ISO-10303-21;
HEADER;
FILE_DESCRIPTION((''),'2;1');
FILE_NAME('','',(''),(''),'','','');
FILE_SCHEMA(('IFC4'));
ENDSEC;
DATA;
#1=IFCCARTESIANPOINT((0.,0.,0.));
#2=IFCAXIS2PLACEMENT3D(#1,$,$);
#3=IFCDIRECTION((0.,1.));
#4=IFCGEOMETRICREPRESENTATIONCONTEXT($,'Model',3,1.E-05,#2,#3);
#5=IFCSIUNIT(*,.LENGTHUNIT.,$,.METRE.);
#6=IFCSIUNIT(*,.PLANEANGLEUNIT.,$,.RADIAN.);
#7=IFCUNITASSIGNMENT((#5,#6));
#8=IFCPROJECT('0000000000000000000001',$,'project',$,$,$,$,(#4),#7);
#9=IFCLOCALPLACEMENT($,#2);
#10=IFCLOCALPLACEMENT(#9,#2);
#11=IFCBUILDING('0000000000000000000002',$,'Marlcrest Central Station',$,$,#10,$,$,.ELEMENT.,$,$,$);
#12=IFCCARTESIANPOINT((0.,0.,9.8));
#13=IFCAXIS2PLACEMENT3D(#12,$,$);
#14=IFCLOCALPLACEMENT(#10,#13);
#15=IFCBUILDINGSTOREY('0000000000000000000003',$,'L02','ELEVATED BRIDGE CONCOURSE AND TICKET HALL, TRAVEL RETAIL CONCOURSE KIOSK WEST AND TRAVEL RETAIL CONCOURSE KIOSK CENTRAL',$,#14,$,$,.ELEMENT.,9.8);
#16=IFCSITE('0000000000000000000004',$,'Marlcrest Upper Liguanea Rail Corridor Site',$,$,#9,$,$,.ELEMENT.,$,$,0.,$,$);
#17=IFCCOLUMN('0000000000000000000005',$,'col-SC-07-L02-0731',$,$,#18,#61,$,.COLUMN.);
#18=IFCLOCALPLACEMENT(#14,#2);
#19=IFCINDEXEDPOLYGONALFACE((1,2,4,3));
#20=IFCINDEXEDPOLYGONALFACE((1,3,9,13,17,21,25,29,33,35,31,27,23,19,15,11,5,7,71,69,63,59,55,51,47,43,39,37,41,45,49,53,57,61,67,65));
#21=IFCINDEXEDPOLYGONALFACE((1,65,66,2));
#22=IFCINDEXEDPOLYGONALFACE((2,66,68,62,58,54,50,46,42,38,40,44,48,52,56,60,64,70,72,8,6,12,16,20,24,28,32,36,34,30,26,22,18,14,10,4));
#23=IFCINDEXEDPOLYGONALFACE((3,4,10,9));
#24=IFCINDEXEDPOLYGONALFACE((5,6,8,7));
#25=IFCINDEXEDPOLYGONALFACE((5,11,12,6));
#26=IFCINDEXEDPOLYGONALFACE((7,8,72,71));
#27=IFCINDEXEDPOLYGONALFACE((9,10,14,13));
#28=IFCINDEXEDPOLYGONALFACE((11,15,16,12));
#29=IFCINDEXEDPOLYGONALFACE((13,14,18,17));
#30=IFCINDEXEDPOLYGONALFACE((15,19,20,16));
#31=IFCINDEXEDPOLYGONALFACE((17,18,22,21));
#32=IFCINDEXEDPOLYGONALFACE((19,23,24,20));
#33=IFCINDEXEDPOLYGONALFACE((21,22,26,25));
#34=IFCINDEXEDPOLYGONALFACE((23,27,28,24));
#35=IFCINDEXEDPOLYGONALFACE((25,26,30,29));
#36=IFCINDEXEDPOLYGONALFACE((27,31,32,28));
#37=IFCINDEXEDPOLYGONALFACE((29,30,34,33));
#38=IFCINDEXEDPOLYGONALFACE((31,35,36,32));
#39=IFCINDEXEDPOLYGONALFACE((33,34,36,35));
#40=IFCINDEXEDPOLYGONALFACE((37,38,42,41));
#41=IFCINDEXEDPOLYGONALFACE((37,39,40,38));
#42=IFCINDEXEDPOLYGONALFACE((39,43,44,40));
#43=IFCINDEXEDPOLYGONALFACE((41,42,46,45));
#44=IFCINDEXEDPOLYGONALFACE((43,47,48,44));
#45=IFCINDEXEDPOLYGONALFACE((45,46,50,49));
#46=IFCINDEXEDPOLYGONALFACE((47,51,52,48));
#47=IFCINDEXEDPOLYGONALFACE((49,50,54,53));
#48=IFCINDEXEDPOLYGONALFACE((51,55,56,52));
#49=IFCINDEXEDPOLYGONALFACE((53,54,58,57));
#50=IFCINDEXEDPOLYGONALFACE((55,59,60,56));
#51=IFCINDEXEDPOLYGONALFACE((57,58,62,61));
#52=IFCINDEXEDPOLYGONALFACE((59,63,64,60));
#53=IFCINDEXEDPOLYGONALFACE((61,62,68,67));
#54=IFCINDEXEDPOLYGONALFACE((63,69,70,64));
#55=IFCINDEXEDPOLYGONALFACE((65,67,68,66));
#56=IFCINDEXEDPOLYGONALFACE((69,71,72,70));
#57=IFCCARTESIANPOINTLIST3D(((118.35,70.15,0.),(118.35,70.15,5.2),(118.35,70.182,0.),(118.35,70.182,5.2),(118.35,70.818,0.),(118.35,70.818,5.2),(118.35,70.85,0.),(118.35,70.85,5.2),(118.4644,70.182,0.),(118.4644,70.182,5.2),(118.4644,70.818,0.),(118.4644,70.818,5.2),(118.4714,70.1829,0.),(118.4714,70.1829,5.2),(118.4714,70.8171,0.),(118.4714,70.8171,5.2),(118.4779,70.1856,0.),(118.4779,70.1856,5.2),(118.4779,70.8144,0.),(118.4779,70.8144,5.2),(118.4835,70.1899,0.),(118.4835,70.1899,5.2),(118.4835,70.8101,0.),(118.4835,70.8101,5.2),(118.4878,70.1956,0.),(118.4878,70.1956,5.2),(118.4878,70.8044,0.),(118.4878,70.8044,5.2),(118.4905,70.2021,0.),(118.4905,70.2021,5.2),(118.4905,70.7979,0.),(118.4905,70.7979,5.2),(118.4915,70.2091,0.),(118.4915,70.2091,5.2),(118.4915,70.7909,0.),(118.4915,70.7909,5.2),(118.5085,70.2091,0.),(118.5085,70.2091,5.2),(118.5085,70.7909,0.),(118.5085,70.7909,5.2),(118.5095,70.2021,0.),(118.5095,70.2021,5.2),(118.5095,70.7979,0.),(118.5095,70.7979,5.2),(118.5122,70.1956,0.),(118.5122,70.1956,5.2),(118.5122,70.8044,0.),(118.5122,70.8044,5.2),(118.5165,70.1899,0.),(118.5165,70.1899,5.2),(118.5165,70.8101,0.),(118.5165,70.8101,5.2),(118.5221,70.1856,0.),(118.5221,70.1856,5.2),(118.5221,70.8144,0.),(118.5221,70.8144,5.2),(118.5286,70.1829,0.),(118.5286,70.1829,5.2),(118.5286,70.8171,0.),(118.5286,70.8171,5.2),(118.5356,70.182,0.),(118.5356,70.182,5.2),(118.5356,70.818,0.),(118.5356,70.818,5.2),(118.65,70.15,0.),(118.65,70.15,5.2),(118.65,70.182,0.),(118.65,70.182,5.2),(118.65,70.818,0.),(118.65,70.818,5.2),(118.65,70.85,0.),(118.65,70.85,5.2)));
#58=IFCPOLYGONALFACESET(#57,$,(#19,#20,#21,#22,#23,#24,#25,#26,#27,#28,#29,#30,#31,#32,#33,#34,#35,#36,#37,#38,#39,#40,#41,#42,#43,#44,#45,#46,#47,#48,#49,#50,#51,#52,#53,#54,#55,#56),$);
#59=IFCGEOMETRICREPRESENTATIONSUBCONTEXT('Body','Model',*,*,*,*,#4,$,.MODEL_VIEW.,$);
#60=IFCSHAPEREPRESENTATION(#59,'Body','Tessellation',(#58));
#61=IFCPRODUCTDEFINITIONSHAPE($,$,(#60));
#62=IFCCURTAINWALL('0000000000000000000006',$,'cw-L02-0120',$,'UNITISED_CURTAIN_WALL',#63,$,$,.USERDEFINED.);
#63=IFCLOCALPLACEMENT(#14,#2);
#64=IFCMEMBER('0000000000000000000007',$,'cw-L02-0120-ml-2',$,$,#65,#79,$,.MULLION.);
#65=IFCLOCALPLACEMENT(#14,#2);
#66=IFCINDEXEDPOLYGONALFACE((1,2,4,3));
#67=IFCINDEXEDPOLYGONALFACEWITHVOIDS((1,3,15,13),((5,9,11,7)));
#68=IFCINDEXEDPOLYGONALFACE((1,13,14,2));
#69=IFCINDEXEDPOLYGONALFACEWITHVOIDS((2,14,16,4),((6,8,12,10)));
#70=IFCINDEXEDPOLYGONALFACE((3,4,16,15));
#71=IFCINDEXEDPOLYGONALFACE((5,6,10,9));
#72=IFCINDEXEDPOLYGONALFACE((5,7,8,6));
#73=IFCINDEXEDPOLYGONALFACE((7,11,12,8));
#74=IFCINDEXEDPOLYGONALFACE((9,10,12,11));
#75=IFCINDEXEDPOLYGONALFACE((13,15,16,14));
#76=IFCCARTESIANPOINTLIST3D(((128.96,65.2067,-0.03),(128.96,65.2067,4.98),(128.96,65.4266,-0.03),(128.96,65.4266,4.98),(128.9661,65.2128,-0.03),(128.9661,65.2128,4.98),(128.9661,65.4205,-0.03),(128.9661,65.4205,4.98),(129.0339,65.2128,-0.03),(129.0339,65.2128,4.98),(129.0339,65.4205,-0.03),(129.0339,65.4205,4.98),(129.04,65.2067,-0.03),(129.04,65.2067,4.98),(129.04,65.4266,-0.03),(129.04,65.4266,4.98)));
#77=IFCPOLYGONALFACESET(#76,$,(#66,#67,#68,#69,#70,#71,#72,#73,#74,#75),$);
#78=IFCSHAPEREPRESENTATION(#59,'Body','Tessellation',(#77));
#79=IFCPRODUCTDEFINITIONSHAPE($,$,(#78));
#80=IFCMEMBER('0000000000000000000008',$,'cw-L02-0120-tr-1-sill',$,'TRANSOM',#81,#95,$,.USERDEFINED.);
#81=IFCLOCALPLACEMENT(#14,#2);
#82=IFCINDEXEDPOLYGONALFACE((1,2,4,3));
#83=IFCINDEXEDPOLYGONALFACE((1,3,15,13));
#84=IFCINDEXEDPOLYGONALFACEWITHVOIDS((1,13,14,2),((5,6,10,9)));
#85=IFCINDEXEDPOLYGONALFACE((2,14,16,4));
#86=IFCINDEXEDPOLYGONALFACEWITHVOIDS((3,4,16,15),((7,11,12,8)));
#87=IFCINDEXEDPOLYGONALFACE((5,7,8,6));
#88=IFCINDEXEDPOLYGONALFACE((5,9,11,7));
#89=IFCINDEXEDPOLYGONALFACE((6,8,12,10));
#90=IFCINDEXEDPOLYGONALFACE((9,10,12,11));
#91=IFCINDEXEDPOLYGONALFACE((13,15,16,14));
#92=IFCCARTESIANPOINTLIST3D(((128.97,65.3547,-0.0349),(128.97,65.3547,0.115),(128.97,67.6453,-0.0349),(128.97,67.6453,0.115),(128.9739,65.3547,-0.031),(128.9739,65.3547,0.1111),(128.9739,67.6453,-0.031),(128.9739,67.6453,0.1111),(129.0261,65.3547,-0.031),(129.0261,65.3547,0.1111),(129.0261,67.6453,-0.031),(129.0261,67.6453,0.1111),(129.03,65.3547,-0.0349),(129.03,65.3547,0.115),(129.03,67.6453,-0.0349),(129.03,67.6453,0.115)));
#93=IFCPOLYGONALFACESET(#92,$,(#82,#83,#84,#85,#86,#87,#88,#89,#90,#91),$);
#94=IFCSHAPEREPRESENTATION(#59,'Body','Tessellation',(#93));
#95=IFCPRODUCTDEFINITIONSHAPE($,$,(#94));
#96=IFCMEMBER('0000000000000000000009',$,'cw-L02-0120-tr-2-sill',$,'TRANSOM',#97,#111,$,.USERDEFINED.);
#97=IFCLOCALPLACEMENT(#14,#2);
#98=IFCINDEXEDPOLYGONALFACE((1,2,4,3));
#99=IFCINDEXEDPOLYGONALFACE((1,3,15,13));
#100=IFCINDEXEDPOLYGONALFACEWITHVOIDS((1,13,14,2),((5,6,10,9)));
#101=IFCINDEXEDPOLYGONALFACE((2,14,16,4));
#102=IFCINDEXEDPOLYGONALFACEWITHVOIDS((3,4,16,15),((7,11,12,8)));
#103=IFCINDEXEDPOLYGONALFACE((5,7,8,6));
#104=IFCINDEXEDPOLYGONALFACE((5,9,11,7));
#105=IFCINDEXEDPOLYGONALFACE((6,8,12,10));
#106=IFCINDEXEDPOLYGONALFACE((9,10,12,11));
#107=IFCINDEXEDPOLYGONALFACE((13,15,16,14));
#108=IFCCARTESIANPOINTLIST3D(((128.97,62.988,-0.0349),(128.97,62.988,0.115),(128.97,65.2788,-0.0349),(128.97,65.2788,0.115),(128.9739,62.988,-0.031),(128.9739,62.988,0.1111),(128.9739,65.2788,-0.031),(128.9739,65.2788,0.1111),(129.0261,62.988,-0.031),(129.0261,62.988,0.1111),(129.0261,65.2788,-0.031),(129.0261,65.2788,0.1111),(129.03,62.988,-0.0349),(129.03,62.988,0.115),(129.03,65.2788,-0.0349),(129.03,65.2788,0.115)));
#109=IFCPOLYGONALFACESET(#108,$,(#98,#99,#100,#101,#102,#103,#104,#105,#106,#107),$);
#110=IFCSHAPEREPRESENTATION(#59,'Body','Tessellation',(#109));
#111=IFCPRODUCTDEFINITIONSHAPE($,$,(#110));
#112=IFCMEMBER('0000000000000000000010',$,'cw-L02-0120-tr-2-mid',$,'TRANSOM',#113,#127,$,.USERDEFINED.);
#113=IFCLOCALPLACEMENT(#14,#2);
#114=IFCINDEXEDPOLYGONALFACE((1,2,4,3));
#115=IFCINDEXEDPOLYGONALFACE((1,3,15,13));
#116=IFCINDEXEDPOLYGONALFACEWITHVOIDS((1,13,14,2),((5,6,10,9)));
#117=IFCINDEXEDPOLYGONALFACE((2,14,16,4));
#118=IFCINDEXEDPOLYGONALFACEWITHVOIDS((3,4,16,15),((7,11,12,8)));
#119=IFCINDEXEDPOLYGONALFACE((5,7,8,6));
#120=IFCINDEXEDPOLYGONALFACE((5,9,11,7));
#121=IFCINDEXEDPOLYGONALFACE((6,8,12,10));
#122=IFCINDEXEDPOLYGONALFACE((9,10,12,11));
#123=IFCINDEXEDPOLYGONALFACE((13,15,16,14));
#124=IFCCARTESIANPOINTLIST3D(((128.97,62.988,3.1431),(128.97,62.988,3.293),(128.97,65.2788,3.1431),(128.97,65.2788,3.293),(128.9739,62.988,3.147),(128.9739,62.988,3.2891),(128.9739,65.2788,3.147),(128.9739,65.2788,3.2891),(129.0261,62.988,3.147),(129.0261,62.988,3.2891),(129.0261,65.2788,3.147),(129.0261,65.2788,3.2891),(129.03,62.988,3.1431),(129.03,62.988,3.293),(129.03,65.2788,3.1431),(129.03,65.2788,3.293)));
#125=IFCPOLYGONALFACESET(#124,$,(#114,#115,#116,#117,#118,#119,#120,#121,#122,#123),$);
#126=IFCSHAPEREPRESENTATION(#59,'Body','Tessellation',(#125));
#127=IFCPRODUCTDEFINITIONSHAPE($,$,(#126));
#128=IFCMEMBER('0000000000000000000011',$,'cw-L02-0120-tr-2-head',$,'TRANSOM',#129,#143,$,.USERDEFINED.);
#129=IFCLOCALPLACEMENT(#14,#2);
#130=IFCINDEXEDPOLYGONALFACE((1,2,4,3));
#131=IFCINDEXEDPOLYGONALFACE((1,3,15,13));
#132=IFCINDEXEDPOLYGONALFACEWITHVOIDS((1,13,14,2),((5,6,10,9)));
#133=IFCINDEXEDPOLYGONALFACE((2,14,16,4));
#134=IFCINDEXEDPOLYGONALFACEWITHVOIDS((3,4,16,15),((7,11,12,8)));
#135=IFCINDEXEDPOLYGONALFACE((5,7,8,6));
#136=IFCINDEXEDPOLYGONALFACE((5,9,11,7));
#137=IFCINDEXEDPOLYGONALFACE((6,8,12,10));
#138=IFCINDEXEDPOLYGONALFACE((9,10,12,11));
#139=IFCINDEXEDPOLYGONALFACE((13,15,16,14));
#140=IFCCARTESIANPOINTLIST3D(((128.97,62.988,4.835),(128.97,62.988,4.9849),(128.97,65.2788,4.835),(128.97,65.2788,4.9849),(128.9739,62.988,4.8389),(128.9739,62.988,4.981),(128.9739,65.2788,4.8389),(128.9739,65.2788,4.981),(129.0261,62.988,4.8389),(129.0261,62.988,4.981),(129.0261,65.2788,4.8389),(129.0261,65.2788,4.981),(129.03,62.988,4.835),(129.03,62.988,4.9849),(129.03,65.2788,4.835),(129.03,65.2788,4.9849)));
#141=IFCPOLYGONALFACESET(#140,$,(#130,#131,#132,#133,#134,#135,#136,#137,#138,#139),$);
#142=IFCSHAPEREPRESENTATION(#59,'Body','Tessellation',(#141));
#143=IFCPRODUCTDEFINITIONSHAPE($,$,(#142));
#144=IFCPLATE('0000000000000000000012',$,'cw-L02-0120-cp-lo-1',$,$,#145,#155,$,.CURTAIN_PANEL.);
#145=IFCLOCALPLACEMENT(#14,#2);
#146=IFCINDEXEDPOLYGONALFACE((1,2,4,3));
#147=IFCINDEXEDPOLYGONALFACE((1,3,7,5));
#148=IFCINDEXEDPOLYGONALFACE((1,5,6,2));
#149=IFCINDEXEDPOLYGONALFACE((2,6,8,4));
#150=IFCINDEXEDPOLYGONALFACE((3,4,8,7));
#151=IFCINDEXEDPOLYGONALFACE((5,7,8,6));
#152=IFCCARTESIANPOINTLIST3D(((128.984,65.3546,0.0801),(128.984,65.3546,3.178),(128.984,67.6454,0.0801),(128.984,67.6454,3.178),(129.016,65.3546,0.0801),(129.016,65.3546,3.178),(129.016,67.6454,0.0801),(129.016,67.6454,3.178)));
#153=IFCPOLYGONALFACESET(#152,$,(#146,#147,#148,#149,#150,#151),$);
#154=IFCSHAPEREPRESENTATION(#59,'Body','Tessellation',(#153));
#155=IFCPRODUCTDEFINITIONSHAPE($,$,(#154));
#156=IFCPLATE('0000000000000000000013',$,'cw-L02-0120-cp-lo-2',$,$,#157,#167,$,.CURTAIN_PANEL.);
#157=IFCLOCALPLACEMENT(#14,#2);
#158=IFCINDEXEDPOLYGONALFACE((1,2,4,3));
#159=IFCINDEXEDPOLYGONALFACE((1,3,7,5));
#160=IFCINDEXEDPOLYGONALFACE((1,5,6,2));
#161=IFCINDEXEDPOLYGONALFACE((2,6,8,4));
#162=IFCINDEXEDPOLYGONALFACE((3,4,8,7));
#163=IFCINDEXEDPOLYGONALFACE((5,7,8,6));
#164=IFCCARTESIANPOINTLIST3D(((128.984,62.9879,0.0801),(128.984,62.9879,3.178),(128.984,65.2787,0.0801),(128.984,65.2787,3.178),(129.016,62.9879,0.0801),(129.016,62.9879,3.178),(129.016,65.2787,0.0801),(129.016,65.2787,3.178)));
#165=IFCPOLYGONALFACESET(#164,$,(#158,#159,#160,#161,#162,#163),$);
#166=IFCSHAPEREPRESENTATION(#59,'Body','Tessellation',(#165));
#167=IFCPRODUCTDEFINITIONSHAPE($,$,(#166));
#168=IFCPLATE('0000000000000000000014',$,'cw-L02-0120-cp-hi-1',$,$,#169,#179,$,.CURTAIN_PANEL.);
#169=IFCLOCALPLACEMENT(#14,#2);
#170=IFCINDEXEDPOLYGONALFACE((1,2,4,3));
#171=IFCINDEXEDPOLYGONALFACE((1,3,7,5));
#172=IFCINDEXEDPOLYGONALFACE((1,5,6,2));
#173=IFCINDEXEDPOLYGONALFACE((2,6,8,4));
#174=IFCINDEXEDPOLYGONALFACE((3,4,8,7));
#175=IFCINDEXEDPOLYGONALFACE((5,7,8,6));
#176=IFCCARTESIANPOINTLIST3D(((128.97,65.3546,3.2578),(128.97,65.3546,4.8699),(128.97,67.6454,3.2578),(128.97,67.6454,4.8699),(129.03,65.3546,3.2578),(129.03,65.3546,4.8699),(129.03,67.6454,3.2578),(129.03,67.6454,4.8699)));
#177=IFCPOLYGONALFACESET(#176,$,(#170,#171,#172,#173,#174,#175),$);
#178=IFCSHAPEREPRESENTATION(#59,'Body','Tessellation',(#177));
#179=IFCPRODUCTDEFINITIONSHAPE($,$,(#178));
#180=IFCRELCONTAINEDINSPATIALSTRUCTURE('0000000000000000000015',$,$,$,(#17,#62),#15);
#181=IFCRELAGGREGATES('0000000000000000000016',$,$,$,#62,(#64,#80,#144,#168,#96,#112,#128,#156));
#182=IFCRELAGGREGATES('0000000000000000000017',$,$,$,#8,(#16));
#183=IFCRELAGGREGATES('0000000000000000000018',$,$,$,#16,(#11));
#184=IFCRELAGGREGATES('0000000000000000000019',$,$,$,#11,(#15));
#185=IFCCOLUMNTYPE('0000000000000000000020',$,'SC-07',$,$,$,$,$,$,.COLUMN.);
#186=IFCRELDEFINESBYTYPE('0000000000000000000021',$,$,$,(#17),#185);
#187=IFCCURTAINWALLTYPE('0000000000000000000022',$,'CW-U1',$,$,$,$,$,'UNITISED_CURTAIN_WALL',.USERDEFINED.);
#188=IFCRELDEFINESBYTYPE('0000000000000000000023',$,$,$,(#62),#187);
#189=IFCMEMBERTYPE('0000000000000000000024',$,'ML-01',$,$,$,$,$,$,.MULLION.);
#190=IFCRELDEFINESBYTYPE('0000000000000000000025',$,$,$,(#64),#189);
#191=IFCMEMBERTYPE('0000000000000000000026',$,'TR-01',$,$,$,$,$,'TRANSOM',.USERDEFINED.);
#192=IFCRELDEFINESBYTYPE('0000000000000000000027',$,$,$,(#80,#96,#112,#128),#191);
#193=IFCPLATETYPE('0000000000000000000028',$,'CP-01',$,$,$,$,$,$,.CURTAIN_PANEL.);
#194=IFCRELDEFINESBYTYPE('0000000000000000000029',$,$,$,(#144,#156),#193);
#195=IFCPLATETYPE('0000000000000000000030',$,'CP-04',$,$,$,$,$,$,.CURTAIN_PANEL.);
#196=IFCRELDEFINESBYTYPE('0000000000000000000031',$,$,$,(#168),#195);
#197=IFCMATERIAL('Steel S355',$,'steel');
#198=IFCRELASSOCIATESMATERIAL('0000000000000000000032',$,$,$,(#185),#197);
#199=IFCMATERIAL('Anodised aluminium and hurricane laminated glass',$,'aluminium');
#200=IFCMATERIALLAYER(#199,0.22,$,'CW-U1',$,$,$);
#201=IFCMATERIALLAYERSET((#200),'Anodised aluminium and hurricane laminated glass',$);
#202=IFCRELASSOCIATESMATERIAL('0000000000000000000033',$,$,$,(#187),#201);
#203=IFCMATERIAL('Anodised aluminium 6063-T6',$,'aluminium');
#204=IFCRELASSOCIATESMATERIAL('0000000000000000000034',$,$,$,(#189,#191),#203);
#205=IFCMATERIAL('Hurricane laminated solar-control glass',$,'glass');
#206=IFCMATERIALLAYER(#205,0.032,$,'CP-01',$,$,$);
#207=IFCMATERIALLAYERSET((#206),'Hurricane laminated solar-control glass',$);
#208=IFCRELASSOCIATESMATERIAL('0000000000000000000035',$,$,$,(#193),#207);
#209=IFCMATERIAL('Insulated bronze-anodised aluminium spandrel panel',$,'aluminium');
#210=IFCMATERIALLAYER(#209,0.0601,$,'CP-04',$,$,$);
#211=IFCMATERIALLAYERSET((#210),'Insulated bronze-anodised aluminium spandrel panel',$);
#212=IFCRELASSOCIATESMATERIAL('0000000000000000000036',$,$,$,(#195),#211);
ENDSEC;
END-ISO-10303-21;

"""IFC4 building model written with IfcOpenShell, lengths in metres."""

from ifc_helpers import new_model, si_unit, direction, frame, origin, origin_2d, place, context, subcontext, project, spatial, rectangle, hollow_rectangle, i_section, extrude, material, layer, layer_set, material_profile, profile_set, type_object, element, aggregate, save


model = new_model("IFC4")

# Units and contexts
model_context = context("Model", 3, precision=1e-05, world=origin(), true_north=direction((0.0, 1.0)))
body_context = subcontext(model_context, "Body", "Model", "MODEL_VIEW")
ifc_project = project(units=[si_unit("LENGTHUNIT", "METRE"), si_unit("PLANEANGLEUNIT", "RADIAN")], contexts=[model_context])

# Site, building, storey
site_placement = place(None, origin())
site = spatial("IfcSite", under=ifc_project, at=site_placement, Name="Marlcrest Upper Liguanea Rail Corridor Site", CompositionType="ELEMENT", RefElevation=0.0)
building_placement = place(site_placement, origin())
building = spatial("IfcBuilding", under=site, at=building_placement, Name="Marlcrest Central Station", CompositionType="ELEMENT")
storey_placement = place(building_placement, frame((0.0, 0.0, 9.8)))
storey = spatial("IfcBuildingStorey", under=building, at=storey_placement, Name="L02", Description="ELEVATED BRIDGE CONCOURSE AND TICKET HALL, TRAVEL RETAIL CONCOURSE KIOSK WEST AND TRAVEL RETAIL CONCOURSE KIOSK CENTRAL", CompositionType="ELEMENT", Elevation=9.8)

# Column
ifc_material_1 = material(Name="Steel S355", Category="steel")
ifc_material_profile_1 = material_profile(ifc_material_1, i_section(OverallWidth=0.3, OverallDepth=0.7, WebThickness=0.0171, FlangeThickness=0.032, FilletRadius=0.0271, at=origin_2d()), Name="HEB 700")
ifc_profile_set_1 = profile_set([ifc_material_profile_1], Name="Steel S355")
column_type = type_object("IfcColumnType", Name="SC-07", PredefinedType="COLUMN", material=ifc_profile_set_1)
column_placement = place(storey_placement, frame((118.5, 70.5, 0.0), z_axis=(0.0, 0.0, 1.0), x_axis=(1.0, 0.0, 0.0)))
element("IfcColumn", 1, at=column_placement, inside=storey, type_object=column_type, Name="col-SC-07-L02-0731", PredefinedType="COLUMN", context=body_context, shape_type="SweptSolid", body=[
    extrude(i_section(OverallWidth=0.3, OverallDepth=0.7, WebThickness=0.0171, FlangeThickness=0.032, FilletRadius=0.0271, at=origin_2d()), origin(), (0.0, 0.0, 1.0), 5.2),
])

# Curtain wall, members, plates
ifc_material_2 = material(Name="Anodised aluminium and hurricane laminated glass", Category="aluminium")
ifc_layer_1 = layer(ifc_material_2, 0.22, Name="CW-U1")
ifc_layer_set_1 = layer_set([ifc_layer_1], Name="Anodised aluminium and hurricane laminated glass")
curtain_wall_type = type_object("IfcCurtainWallType", Name="CW-U1", ElementType="UNITISED_CURTAIN_WALL", PredefinedType="USERDEFINED", material=ifc_layer_set_1)
curtain_wall_placement = place(storey_placement, origin())
curtain_wall = element("IfcCurtainWall", 2, at=curtain_wall_placement, inside=storey, type_object=curtain_wall_type, Name="cw-L02-0120", ObjectType="UNITISED_CURTAIN_WALL", PredefinedType="USERDEFINED")
ifc_material_3 = material(Name="Anodised aluminium 6063-T6", Category="aluminium")
ifc_material_profile_2 = material_profile(ifc_material_3, hollow_rectangle(XDim=0.0801, YDim=0.22, WallThickness=0.0061, at=origin_2d()), Name="AA-RHS 220x80x6")
ifc_profile_set_2 = profile_set([ifc_material_profile_2], Name="Anodised aluminium 6063-T6")
member_type_1 = type_object("IfcMemberType", Name="ML-01", PredefinedType="MULLION", material=ifc_profile_set_2)
member_1_placement = place(storey_placement, frame((129.0, 65.3167, -0.03), z_axis=(0.0, 0.0, 1.0), x_axis=(1.0, 0.0, 0.0)))
member_1 = element("IfcMember", 3, at=member_1_placement, type_object=member_type_1, Name="cw-L02-0120-ml-2", PredefinedType="MULLION", context=body_context, shape_type="SweptSolid", body=[
    extrude(hollow_rectangle(XDim=0.0801, YDim=0.22, WallThickness=0.0061, at=origin_2d()), origin(), (0.0, 0.0, 1.0), 5.01),
])
ifc_material_profile_3 = material_profile(ifc_material_3, hollow_rectangle(XDim=0.0601, YDim=0.1499, WallThickness=0.0039, at=origin_2d()), Name="AA-RHS 150x60x4")
ifc_profile_set_3 = profile_set([ifc_material_profile_3], Name="Anodised aluminium 6063-T6")
member_type_2 = type_object("IfcMemberType", Name="TR-01", ElementType="TRANSOM", PredefinedType="USERDEFINED", material=ifc_profile_set_3)
member_2_placement = place(storey_placement, frame((129.0, 67.6453, 0.04), z_axis=(0.0, -1.0, 0.0), x_axis=(1.0, 0.0, 0.0)))
member_2 = element("IfcMember", 4, at=member_2_placement, type_object=member_type_2, Name="cw-L02-0120-tr-1-sill", ObjectType="TRANSOM", PredefinedType="USERDEFINED", context=body_context, shape_type="SweptSolid", body=[
    extrude(hollow_rectangle(XDim=0.0601, YDim=0.1499, WallThickness=0.0039, at=origin_2d()), origin(), (0.0, 0.0, 1.0), 2.2905),
])
member_3_placement = place(storey_placement, frame((129.0, 65.2788, 0.04), z_axis=(0.0, -1.0, 0.0), x_axis=(1.0, 0.0, 0.0)))
member_3 = element("IfcMember", 5, at=member_3_placement, type_object=member_type_2, Name="cw-L02-0120-tr-2-sill", ObjectType="TRANSOM", PredefinedType="USERDEFINED", context=body_context, shape_type="SweptSolid", body=[
    extrude(hollow_rectangle(XDim=0.0601, YDim=0.1499, WallThickness=0.0039, at=origin_2d()), origin(), (0.0, 0.0, 1.0), 2.2908),
])
member_4_placement = place(storey_placement, frame((129.0, 65.2788, 3.218), z_axis=(0.0, -1.0, 0.0), x_axis=(1.0, 0.0, 0.0)))
member_4 = element("IfcMember", 6, at=member_4_placement, type_object=member_type_2, Name="cw-L02-0120-tr-2-mid", ObjectType="TRANSOM", PredefinedType="USERDEFINED", context=body_context, shape_type="SweptSolid", body=[
    extrude(hollow_rectangle(XDim=0.0601, YDim=0.1499, WallThickness=0.0039, at=origin_2d()), origin(), (0.0, 0.0, 1.0), 2.2908),
])
member_5_placement = place(storey_placement, frame((129.0, 65.2788, 4.9099), z_axis=(0.0, -1.0, 0.0), x_axis=(1.0, 0.0, 0.0)))
member_5 = element("IfcMember", 7, at=member_5_placement, type_object=member_type_2, Name="cw-L02-0120-tr-2-head", ObjectType="TRANSOM", PredefinedType="USERDEFINED", context=body_context, shape_type="SweptSolid", body=[
    extrude(hollow_rectangle(XDim=0.0601, YDim=0.1499, WallThickness=0.0039, at=origin_2d()), origin(), (0.0, 0.0, 1.0), 2.2908),
])
ifc_material_4 = material(Name="Hurricane laminated solar-control glass", Category="glass")
ifc_layer_2 = layer(ifc_material_4, 0.032, Name="CP-01")
ifc_layer_set_2 = layer_set([ifc_layer_2], Name="Hurricane laminated solar-control glass")
plate_type_1 = type_object("IfcPlateType", Name="CP-01", PredefinedType="CURTAIN_PANEL", material=ifc_layer_set_2)
plate_1_placement = place(storey_placement, frame((129.0, 66.5, 0.0801), z_axis=(0.0, 0.0, 1.0), x_axis=(0.0, -1.0, 0.0)))
plate_1 = element("IfcPlate", 8, at=plate_1_placement, type_object=plate_type_1, Name="cw-L02-0120-cp-lo-1", PredefinedType="CURTAIN_PANEL", context=body_context, shape_type="SweptSolid", body=[
    extrude(rectangle(XDim=2.2908, YDim=0.032, at=origin_2d()), origin(), (0.0, 0.0, 1.0), 3.0979),
])
plate_2_placement = place(storey_placement, frame((129.0, 64.1333, 0.0801), z_axis=(0.0, 0.0, 1.0), x_axis=(0.0, -1.0, 0.0)))
plate_2 = element("IfcPlate", 9, at=plate_2_placement, type_object=plate_type_1, Name="cw-L02-0120-cp-lo-2", PredefinedType="CURTAIN_PANEL", context=body_context, shape_type="SweptSolid", body=[
    extrude(rectangle(XDim=2.2908, YDim=0.032, at=origin_2d()), origin(), (0.0, 0.0, 1.0), 3.0979),
])
ifc_material_5 = material(Name="Insulated bronze-anodised aluminium spandrel panel", Category="aluminium")
ifc_layer_3 = layer(ifc_material_5, 0.0601, Name="CP-04")
ifc_layer_set_3 = layer_set([ifc_layer_3], Name="Insulated bronze-anodised aluminium spandrel panel")
plate_type_2 = type_object("IfcPlateType", Name="CP-04", PredefinedType="CURTAIN_PANEL", material=ifc_layer_set_3)
plate_3_placement = place(storey_placement, frame((129.0, 66.5, 3.2578), z_axis=(0.0, 0.0, 1.0), x_axis=(0.0, -1.0, 0.0)))
plate_3 = element("IfcPlate", 10, at=plate_3_placement, type_object=plate_type_2, Name="cw-L02-0120-cp-hi-1", PredefinedType="CURTAIN_PANEL", context=body_context, shape_type="SweptSolid", body=[
    extrude(rectangle(XDim=2.2908, YDim=0.0601, at=origin_2d()), origin(), (0.0, 0.0, 1.0), 1.6121),
])
aggregate(curtain_wall, [member_1, member_2, plate_1, plate_3, member_3, member_4, member_5, plate_2])

save(model, "model.ifc")
